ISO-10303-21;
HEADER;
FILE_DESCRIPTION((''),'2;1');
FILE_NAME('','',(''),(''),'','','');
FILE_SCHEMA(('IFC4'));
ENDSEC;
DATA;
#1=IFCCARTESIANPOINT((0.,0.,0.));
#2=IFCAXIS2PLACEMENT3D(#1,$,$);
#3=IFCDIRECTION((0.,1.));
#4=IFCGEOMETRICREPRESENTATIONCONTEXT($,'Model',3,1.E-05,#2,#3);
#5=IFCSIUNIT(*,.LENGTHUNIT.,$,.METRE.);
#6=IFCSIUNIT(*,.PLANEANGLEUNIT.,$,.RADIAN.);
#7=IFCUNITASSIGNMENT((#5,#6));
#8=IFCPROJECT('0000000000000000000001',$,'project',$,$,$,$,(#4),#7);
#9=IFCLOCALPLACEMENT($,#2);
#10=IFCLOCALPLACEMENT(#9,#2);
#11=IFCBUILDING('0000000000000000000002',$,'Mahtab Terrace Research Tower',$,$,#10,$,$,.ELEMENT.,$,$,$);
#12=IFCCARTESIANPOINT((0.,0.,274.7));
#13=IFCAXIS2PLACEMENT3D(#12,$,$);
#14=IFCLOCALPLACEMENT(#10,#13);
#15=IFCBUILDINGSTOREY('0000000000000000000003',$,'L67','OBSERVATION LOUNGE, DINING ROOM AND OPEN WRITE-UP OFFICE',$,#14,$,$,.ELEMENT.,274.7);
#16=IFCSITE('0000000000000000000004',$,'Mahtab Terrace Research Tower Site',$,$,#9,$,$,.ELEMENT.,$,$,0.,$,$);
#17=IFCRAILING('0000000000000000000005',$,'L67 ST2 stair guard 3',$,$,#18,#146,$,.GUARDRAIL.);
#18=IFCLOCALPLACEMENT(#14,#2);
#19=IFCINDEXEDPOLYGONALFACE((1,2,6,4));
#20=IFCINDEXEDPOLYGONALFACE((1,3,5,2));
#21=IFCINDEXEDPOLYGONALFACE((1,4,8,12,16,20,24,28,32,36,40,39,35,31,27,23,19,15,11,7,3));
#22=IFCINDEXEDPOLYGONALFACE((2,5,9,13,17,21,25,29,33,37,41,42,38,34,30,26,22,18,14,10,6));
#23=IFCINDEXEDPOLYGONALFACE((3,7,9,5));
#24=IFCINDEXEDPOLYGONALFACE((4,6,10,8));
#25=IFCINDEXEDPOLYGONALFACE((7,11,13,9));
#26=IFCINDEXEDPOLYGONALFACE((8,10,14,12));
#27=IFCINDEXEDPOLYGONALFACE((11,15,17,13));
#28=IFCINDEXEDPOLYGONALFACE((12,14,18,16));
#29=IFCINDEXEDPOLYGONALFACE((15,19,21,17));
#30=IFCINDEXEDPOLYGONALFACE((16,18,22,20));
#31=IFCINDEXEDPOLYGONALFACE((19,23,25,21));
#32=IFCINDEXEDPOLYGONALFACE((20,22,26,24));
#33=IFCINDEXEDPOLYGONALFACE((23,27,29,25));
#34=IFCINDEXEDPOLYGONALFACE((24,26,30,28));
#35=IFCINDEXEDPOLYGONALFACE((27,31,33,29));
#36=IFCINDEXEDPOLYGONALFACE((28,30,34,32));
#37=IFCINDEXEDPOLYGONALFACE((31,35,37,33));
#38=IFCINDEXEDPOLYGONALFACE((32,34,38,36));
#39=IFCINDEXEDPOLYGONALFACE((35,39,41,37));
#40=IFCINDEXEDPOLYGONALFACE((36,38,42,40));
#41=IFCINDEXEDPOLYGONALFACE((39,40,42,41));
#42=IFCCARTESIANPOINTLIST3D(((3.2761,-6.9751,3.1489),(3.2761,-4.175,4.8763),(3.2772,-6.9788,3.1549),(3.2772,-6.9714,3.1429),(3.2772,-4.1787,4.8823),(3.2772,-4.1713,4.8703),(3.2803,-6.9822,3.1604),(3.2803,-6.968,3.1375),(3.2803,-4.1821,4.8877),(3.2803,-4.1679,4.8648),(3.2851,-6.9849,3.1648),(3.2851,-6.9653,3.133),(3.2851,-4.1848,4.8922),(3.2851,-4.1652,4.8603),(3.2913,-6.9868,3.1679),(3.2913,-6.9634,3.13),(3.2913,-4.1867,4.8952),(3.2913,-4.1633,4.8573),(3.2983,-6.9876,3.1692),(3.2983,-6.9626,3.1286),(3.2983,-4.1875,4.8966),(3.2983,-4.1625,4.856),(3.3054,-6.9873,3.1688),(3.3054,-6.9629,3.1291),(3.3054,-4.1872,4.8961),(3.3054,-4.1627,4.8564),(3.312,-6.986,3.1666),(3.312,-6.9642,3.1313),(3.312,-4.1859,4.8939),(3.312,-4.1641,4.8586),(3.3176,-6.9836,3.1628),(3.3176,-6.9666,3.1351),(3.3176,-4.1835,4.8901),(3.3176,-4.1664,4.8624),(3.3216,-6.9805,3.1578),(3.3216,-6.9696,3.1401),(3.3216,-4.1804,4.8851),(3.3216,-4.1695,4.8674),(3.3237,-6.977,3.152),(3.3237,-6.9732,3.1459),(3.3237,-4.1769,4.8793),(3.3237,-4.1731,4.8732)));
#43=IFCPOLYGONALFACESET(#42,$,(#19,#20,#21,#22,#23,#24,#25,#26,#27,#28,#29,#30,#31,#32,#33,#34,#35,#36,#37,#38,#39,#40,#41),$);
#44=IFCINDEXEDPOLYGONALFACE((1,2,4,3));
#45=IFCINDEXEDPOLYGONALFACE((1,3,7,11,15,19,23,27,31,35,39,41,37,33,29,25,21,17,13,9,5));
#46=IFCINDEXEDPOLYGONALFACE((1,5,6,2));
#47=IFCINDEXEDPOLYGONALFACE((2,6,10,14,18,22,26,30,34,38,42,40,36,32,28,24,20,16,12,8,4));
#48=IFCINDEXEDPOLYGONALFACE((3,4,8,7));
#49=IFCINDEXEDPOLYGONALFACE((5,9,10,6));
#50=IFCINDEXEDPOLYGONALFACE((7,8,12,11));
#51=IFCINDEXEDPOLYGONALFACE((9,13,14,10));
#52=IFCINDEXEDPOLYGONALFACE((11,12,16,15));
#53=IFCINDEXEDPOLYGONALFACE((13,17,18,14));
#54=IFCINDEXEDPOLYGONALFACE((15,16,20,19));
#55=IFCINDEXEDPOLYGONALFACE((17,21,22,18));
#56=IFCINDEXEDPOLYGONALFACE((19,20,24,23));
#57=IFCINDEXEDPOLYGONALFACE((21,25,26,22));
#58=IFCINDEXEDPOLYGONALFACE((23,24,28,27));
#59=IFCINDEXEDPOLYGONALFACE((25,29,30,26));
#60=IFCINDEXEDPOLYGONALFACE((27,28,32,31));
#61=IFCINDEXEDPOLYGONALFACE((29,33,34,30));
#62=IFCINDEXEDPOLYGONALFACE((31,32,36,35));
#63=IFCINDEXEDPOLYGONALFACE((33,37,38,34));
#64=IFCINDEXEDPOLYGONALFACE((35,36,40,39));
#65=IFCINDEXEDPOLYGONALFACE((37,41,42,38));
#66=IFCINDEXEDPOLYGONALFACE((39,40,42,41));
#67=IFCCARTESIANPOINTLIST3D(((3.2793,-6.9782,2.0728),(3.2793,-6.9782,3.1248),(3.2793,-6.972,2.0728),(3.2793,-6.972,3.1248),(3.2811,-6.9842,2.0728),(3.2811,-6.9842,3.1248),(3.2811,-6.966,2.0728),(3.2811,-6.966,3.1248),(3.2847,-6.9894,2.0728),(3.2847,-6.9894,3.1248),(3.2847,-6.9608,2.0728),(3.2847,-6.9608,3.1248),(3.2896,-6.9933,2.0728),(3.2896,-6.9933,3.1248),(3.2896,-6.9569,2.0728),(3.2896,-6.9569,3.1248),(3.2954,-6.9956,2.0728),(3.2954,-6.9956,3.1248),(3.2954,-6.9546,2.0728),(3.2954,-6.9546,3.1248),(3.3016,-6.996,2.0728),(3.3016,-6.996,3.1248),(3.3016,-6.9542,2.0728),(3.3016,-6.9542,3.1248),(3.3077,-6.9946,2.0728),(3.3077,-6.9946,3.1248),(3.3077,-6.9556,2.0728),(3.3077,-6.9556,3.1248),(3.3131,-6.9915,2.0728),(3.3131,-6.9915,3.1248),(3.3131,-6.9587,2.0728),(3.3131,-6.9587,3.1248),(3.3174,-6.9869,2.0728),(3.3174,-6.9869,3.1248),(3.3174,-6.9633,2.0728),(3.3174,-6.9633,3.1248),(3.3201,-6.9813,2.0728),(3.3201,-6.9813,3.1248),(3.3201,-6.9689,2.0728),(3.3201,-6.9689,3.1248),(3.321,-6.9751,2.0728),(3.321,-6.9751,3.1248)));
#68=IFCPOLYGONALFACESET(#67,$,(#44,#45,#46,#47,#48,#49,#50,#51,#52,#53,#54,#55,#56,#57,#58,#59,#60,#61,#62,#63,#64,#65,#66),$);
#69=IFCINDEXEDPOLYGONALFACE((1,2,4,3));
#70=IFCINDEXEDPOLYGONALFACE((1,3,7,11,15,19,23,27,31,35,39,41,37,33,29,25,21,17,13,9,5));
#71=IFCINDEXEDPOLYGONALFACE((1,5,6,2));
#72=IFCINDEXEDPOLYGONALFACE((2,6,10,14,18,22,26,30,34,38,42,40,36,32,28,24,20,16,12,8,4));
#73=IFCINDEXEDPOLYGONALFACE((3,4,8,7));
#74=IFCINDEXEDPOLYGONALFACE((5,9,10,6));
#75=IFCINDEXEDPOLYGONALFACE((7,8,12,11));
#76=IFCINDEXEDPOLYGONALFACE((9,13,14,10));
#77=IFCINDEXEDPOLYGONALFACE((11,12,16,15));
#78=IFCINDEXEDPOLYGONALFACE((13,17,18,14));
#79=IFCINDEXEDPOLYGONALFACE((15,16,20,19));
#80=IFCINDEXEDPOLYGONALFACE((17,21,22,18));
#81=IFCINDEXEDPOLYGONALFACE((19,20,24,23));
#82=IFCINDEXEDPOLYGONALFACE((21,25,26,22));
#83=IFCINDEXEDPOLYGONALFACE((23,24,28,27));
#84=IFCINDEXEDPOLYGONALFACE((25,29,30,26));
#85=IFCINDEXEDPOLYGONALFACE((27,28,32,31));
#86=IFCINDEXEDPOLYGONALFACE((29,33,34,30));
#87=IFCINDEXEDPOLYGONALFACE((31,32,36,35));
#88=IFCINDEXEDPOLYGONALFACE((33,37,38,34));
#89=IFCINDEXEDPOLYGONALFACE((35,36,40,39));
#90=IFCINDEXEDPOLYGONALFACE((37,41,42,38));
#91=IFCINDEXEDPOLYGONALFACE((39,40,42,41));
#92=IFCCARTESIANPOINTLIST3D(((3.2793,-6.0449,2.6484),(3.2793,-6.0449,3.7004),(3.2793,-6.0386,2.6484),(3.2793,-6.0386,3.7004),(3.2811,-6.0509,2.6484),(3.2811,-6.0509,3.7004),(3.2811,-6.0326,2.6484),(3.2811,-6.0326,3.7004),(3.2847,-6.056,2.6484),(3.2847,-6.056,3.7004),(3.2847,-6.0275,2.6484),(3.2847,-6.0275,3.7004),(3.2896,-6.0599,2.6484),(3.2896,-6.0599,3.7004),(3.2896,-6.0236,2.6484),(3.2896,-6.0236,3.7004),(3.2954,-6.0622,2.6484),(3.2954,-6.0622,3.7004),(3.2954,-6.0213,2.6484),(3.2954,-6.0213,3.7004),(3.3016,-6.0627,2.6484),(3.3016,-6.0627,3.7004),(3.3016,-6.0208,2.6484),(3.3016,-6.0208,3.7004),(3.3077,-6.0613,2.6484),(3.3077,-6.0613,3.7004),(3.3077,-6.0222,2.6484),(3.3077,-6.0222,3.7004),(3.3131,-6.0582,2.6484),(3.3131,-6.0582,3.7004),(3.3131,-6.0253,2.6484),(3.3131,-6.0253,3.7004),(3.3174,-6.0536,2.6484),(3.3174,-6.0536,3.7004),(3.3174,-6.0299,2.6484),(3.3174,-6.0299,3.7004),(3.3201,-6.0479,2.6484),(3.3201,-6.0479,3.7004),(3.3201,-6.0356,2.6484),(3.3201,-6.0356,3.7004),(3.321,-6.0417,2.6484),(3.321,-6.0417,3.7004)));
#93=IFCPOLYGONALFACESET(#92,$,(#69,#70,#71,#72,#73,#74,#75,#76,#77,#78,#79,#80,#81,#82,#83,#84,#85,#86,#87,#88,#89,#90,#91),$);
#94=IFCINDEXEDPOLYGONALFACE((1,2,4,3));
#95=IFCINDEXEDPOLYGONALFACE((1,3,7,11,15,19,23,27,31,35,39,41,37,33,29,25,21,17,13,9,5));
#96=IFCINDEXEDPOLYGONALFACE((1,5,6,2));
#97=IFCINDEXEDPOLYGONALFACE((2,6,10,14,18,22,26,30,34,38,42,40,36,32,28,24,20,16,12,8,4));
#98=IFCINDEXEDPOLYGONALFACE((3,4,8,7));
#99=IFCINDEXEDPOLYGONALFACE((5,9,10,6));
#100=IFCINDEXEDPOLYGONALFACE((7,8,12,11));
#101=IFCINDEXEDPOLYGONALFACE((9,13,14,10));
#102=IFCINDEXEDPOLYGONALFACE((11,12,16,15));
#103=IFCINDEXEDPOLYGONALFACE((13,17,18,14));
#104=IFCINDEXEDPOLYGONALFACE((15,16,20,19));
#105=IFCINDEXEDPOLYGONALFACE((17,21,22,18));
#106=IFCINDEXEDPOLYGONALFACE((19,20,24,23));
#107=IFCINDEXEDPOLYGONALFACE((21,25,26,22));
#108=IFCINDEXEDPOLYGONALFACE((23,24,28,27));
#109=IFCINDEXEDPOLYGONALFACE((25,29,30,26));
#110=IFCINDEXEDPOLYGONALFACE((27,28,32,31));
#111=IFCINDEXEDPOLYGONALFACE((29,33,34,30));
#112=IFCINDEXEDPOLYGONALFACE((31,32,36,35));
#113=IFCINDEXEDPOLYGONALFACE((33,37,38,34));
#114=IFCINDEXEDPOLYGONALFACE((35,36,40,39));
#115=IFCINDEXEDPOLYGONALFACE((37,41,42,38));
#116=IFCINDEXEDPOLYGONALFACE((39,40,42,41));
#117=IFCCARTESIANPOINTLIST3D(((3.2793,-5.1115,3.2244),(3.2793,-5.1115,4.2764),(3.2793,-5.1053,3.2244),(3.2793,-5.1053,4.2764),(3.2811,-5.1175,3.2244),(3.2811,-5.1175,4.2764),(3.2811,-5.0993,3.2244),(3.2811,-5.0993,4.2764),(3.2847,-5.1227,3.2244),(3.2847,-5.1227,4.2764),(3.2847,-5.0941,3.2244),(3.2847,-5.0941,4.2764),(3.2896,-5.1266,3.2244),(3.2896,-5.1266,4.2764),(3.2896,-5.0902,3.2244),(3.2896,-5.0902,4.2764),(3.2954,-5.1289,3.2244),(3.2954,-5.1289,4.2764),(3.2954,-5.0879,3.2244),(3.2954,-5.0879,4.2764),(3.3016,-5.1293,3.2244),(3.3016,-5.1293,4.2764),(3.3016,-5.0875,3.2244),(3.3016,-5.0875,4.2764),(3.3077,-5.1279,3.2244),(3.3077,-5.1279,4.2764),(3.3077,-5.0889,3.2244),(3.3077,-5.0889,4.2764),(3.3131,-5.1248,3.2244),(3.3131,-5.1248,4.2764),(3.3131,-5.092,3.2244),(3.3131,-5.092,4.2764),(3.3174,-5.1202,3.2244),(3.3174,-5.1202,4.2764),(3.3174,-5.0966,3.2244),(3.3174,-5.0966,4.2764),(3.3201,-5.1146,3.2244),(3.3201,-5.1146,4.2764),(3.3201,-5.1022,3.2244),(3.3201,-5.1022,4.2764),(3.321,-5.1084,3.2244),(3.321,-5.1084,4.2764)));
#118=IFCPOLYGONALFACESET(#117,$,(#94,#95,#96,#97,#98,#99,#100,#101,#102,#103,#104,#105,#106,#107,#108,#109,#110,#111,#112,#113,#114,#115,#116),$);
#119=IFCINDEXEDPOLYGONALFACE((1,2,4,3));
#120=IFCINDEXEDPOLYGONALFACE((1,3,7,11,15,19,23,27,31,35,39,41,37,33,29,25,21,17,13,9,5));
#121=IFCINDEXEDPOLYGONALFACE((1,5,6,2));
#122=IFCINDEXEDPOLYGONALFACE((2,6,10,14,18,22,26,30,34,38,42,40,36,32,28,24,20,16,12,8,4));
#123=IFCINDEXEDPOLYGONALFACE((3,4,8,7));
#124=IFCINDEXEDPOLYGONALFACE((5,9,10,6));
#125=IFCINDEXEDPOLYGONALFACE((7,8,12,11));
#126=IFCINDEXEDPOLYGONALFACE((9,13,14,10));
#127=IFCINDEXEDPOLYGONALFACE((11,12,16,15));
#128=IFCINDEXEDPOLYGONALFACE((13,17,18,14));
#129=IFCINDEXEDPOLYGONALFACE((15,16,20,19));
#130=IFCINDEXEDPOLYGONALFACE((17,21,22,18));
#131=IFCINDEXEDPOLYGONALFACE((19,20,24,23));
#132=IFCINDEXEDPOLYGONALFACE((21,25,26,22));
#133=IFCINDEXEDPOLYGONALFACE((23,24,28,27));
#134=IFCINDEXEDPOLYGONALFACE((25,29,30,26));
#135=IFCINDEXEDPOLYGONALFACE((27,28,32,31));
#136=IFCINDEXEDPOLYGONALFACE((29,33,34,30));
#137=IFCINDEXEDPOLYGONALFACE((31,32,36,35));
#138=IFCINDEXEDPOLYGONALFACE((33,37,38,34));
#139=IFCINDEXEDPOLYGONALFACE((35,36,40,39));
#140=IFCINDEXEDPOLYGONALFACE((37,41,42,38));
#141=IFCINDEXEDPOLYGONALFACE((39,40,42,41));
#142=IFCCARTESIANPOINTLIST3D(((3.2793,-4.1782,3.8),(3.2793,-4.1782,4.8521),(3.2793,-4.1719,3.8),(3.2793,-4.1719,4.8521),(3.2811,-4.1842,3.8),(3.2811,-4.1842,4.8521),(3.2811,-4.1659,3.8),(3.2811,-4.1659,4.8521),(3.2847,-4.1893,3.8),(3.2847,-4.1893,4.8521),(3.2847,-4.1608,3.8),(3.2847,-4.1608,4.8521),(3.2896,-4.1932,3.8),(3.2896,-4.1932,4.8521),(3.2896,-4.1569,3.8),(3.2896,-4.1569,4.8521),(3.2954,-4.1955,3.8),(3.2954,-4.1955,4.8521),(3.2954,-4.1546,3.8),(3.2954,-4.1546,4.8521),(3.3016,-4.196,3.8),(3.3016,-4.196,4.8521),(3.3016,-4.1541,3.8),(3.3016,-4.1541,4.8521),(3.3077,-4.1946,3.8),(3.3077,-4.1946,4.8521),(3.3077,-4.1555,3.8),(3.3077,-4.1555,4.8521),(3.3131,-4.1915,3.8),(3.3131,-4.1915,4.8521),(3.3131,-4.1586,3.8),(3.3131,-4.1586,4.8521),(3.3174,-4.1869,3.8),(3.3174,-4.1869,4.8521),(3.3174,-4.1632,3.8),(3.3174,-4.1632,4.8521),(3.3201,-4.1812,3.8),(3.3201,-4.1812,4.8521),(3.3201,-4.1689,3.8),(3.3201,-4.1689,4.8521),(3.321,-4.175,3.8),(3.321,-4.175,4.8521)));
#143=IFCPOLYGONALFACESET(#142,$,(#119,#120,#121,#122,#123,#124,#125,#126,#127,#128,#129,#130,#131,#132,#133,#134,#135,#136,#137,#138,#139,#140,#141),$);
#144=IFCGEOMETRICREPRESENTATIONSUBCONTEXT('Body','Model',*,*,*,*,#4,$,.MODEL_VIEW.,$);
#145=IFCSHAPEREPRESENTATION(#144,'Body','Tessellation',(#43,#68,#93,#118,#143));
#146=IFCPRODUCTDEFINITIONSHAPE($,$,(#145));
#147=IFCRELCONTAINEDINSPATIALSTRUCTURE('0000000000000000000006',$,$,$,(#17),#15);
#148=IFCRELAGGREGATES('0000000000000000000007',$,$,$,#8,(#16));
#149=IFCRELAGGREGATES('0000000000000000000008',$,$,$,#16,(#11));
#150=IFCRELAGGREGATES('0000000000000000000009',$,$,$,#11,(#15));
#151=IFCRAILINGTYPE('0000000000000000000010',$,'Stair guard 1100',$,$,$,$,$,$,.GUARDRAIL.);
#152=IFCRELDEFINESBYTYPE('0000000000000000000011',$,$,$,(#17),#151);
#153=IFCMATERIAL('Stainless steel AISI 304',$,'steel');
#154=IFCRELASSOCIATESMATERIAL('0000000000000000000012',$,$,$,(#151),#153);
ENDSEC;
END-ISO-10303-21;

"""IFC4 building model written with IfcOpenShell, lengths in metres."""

from ifc_helpers import new_model, si_unit, direction, frame, origin, origin_2d, place, context, subcontext, project, spatial, circle, extrude, material, type_object, element, save


model = new_model("IFC4")

# Units and contexts
model_context = context("Model", 3, precision=1e-05, world=origin(), true_north=direction((0.0, 1.0)))
body_context = subcontext(model_context, "Body", "Model", "MODEL_VIEW")
ifc_project = project(units=[si_unit("LENGTHUNIT", "METRE"), si_unit("PLANEANGLEUNIT", "RADIAN")], contexts=[model_context])

# Site, building, storey
site_placement = place(None, origin())
site = spatial("IfcSite", under=ifc_project, at=site_placement, Name="Mahtab Terrace Research Tower Site", CompositionType="ELEMENT", RefElevation=0.0)
building_placement = place(site_placement, origin())
building = spatial("IfcBuilding", under=site, at=building_placement, Name="Mahtab Terrace Research Tower", CompositionType="ELEMENT")
storey_placement = place(building_placement, frame((0.0, 0.0, 274.7)))
storey = spatial("IfcBuildingStorey", under=building, at=storey_placement, Name="L67", Description="OBSERVATION LOUNGE, DINING ROOM AND OPEN WRITE-UP OFFICE", CompositionType="ELEMENT", Elevation=274.7)

# Railing
ifc_material_1 = material(Name="Stainless steel AISI 304", Category="steel")
railing_type_1 = type_object("IfcRailingType", Name="Stair guard 1100", PredefinedType="GUARDRAIL", material=ifc_material_1)
railing_1_placement = place(storey_placement, frame((3.3, -6.9751, 2.0728)))
element("IfcRailing", 1, at=railing_1_placement, inside=storey, type_object=railing_type_1, Name="L67 ST2 stair guard 3", PredefinedType="GUARDRAIL", context=body_context, shape_type="SweptSolid", body=[
    extrude(circle(Radius=0.0239, at=origin_2d()), frame((0.0, 0.0, 1.0762), z_axis=(0.0, 0.85109, 0.52502), x_axis=(-1.0, 0.0, 0.0)), (0.0, 0.0, 1.0), 3.29),
    extrude(circle(Radius=0.021, at=origin_2d()), origin(), (0.0, 0.0, 1.0), 1.052),
    extrude(circle(Radius=0.021, at=origin_2d()), frame((0.0, 0.9333, 0.5757)), (0.0, 0.0, 1.0), 1.052),
    extrude(circle(Radius=0.021, at=origin_2d()), frame((0.0, 1.8667, 1.1516)), (0.0, 0.0, 1.0), 1.052),
    extrude(circle(Radius=0.021, at=origin_2d()), frame((0.0, 2.8, 1.7273)), (0.0, 0.0, 1.0), 1.052),
])

save(model, "model.ifc")
